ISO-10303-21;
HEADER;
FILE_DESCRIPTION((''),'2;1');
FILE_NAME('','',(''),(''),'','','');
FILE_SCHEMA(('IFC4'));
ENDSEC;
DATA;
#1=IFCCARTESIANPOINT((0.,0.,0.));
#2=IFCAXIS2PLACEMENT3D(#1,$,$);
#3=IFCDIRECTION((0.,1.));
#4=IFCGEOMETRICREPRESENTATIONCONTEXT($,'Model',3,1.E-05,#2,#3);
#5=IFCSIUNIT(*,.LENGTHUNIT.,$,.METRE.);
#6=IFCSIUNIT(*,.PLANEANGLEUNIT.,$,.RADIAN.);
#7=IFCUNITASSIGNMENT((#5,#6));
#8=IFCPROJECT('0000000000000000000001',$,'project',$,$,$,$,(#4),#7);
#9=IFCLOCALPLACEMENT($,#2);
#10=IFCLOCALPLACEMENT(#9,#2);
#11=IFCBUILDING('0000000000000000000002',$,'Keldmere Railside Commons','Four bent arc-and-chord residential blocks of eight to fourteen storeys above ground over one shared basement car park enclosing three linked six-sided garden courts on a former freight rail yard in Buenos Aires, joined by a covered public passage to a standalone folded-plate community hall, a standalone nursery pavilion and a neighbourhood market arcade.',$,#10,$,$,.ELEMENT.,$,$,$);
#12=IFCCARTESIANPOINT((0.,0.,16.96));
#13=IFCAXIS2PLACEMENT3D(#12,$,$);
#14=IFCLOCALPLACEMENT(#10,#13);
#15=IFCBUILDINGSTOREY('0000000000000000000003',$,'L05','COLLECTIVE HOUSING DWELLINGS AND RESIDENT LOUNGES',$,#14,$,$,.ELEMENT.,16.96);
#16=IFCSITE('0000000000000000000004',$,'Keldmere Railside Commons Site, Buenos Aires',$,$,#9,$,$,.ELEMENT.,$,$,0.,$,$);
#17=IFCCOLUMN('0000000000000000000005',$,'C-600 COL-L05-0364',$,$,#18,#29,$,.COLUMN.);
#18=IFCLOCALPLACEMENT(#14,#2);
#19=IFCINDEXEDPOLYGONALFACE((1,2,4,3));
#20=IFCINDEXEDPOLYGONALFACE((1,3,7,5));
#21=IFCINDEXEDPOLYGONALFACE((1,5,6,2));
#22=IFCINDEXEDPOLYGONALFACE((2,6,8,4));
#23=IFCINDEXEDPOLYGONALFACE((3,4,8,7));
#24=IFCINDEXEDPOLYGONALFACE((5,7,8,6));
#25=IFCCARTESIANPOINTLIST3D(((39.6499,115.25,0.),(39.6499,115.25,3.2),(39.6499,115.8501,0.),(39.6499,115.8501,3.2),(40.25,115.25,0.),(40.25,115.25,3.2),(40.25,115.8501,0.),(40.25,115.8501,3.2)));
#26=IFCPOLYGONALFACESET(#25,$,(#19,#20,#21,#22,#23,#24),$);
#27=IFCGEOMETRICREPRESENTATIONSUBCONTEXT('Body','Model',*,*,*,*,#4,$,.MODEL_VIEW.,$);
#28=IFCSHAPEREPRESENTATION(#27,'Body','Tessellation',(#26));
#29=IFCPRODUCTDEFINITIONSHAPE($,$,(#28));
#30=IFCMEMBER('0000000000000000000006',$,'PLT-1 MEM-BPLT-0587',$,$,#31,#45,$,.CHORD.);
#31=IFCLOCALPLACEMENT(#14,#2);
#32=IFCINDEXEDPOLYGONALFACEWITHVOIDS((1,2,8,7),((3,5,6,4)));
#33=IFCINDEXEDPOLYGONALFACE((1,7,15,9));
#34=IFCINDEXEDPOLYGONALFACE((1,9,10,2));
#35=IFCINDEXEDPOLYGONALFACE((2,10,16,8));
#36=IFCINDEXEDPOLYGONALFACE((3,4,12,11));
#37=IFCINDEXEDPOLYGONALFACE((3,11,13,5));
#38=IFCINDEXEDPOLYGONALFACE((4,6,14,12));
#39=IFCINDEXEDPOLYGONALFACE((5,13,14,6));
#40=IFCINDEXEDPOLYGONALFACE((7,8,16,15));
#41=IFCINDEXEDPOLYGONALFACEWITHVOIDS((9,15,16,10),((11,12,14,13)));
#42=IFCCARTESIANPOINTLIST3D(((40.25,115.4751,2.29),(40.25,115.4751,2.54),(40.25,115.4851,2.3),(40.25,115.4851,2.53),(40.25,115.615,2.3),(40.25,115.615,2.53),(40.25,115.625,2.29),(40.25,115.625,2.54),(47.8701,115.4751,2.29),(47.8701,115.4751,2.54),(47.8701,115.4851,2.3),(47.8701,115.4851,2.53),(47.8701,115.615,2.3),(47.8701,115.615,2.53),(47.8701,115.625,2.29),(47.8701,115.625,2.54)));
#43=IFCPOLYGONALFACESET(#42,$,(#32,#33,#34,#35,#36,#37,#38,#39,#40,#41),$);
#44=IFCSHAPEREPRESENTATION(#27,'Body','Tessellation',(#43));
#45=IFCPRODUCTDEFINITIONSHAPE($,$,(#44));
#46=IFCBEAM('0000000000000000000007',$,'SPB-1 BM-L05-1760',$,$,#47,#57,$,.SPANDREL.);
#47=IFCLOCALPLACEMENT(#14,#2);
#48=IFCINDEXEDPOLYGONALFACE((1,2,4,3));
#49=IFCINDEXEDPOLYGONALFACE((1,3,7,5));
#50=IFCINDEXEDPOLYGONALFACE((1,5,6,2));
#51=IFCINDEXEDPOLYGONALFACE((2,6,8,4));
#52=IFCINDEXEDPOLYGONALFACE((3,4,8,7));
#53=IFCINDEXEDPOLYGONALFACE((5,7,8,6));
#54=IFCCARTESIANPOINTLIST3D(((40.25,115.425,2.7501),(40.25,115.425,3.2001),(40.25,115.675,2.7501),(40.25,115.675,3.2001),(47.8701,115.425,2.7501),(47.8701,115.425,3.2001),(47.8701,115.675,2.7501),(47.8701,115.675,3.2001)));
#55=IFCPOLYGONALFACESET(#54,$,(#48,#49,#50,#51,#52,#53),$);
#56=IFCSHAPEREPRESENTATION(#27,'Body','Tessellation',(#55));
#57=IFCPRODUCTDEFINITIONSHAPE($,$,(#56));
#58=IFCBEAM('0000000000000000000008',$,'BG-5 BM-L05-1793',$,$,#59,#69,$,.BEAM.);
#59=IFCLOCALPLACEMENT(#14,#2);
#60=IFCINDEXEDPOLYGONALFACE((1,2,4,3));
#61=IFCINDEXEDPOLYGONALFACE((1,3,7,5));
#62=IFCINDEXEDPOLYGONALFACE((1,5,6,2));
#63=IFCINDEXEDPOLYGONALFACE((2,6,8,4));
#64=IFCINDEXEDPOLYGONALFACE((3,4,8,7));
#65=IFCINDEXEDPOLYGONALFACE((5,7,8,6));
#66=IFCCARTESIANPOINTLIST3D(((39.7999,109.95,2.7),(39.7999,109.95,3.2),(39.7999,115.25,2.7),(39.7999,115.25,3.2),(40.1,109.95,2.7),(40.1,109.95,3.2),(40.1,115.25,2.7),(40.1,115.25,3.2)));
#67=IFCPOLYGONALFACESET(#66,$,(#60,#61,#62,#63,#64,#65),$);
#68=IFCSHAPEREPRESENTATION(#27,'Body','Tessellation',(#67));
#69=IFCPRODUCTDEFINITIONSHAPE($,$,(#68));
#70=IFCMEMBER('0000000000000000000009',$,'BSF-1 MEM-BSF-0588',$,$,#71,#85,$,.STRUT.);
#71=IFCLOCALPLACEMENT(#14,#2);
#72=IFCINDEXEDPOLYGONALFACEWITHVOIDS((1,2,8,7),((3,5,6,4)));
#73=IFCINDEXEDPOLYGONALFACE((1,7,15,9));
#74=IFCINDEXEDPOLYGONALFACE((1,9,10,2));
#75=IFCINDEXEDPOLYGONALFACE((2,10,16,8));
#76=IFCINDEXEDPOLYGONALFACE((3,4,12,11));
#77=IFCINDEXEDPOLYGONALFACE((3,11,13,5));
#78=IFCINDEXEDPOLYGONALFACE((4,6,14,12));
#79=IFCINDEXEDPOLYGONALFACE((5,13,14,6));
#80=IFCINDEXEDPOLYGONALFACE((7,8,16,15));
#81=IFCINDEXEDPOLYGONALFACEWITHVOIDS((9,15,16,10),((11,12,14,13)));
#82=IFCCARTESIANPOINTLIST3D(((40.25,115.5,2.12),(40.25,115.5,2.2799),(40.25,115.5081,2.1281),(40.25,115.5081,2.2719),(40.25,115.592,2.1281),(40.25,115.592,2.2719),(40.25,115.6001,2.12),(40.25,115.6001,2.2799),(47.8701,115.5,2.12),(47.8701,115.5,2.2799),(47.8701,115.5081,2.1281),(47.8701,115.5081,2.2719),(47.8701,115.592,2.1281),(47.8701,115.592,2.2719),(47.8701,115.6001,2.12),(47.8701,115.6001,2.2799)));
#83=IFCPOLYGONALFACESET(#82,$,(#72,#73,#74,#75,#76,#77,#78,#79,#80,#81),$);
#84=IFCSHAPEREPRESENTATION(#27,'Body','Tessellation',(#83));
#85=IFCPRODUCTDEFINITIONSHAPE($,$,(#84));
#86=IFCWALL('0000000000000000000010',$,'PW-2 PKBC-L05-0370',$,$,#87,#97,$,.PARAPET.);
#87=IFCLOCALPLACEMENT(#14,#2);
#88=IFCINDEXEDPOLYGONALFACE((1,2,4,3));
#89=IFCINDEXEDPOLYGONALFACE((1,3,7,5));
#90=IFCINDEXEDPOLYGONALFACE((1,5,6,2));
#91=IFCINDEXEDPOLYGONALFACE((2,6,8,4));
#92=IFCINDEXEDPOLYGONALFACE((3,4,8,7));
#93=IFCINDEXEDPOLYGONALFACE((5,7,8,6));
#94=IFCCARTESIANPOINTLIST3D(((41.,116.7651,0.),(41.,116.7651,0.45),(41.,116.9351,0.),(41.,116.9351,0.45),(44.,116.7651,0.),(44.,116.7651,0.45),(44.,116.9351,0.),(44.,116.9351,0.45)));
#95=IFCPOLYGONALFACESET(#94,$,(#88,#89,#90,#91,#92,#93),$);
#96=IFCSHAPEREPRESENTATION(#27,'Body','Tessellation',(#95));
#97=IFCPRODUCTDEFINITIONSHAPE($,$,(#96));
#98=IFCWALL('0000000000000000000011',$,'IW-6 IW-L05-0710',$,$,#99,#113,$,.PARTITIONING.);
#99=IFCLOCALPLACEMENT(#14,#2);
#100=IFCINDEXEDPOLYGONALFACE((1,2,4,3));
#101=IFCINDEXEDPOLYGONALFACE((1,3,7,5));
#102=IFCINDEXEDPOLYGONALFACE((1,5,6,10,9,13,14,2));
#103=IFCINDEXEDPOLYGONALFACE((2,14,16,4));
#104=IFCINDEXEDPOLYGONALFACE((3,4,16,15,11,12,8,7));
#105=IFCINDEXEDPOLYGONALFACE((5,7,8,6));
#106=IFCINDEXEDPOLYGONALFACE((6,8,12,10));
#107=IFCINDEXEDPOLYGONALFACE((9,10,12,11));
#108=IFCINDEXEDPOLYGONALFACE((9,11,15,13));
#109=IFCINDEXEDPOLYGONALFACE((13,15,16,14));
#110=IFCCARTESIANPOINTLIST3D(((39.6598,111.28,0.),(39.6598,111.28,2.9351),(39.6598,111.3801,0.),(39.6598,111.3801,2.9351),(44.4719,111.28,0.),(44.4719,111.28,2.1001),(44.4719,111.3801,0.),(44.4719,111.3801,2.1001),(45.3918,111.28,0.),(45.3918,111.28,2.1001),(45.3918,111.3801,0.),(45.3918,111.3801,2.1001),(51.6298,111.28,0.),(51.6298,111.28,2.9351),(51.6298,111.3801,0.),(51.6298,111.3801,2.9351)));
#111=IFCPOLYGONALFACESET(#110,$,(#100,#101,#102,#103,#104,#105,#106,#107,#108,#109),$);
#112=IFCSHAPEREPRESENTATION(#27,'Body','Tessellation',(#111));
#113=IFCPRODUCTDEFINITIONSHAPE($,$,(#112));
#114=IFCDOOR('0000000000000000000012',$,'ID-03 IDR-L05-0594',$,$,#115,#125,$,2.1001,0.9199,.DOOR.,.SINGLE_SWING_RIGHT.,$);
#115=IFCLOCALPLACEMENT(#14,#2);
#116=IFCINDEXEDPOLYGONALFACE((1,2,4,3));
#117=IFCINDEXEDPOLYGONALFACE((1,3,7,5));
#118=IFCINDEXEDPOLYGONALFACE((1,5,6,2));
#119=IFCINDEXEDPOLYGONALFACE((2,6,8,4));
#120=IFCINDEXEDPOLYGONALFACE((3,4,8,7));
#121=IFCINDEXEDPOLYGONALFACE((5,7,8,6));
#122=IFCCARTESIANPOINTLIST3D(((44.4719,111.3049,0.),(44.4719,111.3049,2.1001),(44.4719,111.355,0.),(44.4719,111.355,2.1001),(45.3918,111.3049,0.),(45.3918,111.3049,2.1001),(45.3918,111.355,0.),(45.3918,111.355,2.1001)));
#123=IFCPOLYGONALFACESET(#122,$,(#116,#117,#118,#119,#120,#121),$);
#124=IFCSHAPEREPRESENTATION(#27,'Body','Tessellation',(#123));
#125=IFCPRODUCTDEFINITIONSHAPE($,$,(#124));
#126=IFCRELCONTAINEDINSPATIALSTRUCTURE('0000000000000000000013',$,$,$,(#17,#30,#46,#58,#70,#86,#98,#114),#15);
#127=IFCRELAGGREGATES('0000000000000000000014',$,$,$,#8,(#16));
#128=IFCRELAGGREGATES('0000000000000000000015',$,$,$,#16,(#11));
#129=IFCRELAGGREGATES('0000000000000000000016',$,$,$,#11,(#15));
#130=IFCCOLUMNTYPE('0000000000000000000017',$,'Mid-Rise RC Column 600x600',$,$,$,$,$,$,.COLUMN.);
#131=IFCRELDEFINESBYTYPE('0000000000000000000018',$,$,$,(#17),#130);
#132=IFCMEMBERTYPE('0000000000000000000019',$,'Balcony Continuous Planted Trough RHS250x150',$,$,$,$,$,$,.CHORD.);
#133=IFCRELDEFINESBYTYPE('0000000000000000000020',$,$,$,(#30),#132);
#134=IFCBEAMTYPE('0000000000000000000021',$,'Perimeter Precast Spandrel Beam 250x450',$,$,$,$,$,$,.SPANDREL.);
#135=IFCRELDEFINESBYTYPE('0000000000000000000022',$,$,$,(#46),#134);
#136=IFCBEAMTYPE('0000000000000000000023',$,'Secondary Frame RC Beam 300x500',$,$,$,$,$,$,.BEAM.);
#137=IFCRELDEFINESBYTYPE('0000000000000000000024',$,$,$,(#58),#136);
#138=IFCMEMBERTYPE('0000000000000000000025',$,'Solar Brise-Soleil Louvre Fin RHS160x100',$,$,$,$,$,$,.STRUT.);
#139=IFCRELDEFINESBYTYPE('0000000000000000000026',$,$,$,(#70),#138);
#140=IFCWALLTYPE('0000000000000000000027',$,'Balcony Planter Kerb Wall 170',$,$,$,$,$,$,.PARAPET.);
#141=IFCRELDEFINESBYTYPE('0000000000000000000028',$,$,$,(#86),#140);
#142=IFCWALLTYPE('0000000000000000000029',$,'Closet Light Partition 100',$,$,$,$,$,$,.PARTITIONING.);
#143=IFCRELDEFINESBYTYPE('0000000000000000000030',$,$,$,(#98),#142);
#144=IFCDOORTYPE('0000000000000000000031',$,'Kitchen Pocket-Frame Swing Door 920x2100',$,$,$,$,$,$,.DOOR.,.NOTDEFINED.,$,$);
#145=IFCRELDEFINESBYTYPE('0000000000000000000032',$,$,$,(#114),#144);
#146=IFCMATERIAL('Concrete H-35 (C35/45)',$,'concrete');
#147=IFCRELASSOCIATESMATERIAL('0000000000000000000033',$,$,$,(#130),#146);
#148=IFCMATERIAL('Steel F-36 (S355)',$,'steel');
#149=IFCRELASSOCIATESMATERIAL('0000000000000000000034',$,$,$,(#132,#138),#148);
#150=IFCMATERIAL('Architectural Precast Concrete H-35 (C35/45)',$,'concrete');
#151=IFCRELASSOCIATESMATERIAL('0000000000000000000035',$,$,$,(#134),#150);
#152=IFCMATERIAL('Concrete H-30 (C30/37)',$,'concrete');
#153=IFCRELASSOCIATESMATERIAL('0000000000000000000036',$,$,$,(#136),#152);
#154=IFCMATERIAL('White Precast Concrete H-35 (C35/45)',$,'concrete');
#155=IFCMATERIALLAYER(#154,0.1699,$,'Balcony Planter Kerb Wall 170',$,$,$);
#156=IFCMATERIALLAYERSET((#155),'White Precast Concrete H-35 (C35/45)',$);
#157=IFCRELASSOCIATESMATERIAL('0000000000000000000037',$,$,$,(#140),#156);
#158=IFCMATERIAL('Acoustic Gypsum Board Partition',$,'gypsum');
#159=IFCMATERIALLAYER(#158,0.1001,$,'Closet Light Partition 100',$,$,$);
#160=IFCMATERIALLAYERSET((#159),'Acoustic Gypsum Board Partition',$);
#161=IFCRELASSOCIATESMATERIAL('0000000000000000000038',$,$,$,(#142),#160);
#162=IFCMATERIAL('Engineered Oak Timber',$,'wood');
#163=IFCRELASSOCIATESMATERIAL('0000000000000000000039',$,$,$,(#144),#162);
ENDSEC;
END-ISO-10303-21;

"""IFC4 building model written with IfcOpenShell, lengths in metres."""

from ifc_helpers import new_model, si_unit, direction, frame, frame_2d, origin, origin_2d, place, context, subcontext, project, spatial, rectangle, hollow_rectangle, extrude, material, layer, layer_set, material_profile, profile_set, type_object, element, fill, save


model = new_model("IFC4")

# Units and contexts
model_context = context("Model", 3, precision=1e-05, world=origin(), true_north=direction((0.0, 1.0)))
body_context = subcontext(model_context, "Body", "Model", "MODEL_VIEW")
ifc_project = project(units=[si_unit("LENGTHUNIT", "METRE"), si_unit("PLANEANGLEUNIT", "RADIAN")], contexts=[model_context])

# Site, building, storey
site_placement = place(None, origin())
site = spatial("IfcSite", under=ifc_project, at=site_placement, Name="Keldmere Railside Commons Site, Buenos Aires", CompositionType="ELEMENT", RefElevation=0.0)
building_placement = place(site_placement, origin())
building = spatial("IfcBuilding", under=site, at=building_placement, Name="Keldmere Railside Commons", Description="Four bent arc-and-chord residential blocks of eight to fourteen storeys above ground over one shared basement car park enclosing three linked six-sided garden courts on a former freight rail yard in Buenos Aires, joined by a covered public passage to a standalone folded-plate community hall, a standalone nursery pavilion and a neighbourhood market arcade.", CompositionType="ELEMENT")
storey_placement = place(building_placement, frame((0.0, 0.0, 16.96)))
storey = spatial("IfcBuildingStorey", under=building, at=storey_placement, Name="L05", Description="COLLECTIVE HOUSING DWELLINGS AND RESIDENT LOUNGES", CompositionType="ELEMENT", Elevation=16.96)

# Column
ifc_material_1 = material(Name="Concrete H-35 (C35/45)", Category="concrete")
ifc_material_profile_1 = material_profile(ifc_material_1, rectangle(XDim=0.6001, YDim=0.6001, at=origin_2d()), Name="RC-600x600")
ifc_profile_set_1 = profile_set([ifc_material_profile_1], Name="Concrete H-35 (C35/45)")
column_type = type_object("IfcColumnType", Name="Mid-Rise RC Column 600x600", PredefinedType="COLUMN", material=ifc_profile_set_1)
column_placement = place(storey_placement, frame((39.95, 115.55, 0.0), z_axis=(0.0, 0.0, 1.0), x_axis=(1.0, 0.0, 0.0)))
element("IfcColumn", 1, at=column_placement, inside=storey, type_object=column_type, Name="C-600 COL-L05-0364", PredefinedType="COLUMN", context=body_context, shape_type="SweptSolid", body=[
    extrude(rectangle(XDim=0.6001, YDim=0.6001, at=origin_2d()), origin(), (0.0, 0.0, 1.0), 3.2),
])

# Member
ifc_material_2 = material(Name="Steel F-36 (S355)", Category="steel")
ifc_material_profile_2 = material_profile(ifc_material_2, hollow_rectangle(XDim=0.1499, YDim=0.25, WallThickness=0.01, at=origin_2d()), Name="RHS-250x150x10")
ifc_profile_set_2 = profile_set([ifc_material_profile_2], Name="Steel F-36 (S355)")
member_type_1 = type_object("IfcMemberType", Name="Balcony Continuous Planted Trough RHS250x150", PredefinedType="CHORD", material=ifc_profile_set_2)
member_1_placement = place(storey_placement, frame((40.25, 115.55, 2.415), z_axis=(1.0, 0.0, 0.0), x_axis=(0.0, 1.0, 0.0)))
element("IfcMember", 2, at=member_1_placement, inside=storey, type_object=member_type_1, Name="PLT-1 MEM-BPLT-0587", PredefinedType="CHORD", context=body_context, shape_type="SweptSolid", body=[
    extrude(hollow_rectangle(XDim=0.1499, YDim=0.25, WallThickness=0.01, at=origin_2d()), origin(), (0.0, 0.0, 1.0), 7.6201),
])

# Beams
ifc_material_3 = material(Name="Architectural Precast Concrete H-35 (C35/45)", Category="concrete")
ifc_material_profile_3 = material_profile(ifc_material_3, rectangle(XDim=0.25, YDim=0.45, at=origin_2d()), Name="RC-250x450")
ifc_profile_set_3 = profile_set([ifc_material_profile_3], Name="Architectural Precast Concrete H-35 (C35/45)")
beam_type_1 = type_object("IfcBeamType", Name="Perimeter Precast Spandrel Beam 250x450", PredefinedType="SPANDREL", material=ifc_profile_set_3)
beam_1_placement = place(storey_placement, frame((40.25, 115.55, 2.9751), z_axis=(1.0, 0.0, 0.0), x_axis=(0.0, 1.0, 0.0)))
element("IfcBeam", 3, at=beam_1_placement, inside=storey, type_object=beam_type_1, Name="SPB-1 BM-L05-1760", PredefinedType="SPANDREL", context=body_context, shape_type="SweptSolid", body=[
    extrude(rectangle(XDim=0.25, YDim=0.45, at=origin_2d()), origin(), (0.0, 0.0, 1.0), 7.6201),
])
ifc_material_4 = material(Name="Concrete H-30 (C30/37)", Category="concrete")
ifc_material_profile_4 = material_profile(ifc_material_4, rectangle(XDim=0.3, YDim=0.5, at=origin_2d()), Name="RC-300x500")
ifc_profile_set_4 = profile_set([ifc_material_profile_4], Name="Concrete H-30 (C30/37)")
beam_type_2 = type_object("IfcBeamType", Name="Secondary Frame RC Beam 300x500", PredefinedType="BEAM", material=ifc_profile_set_4)
beam_2_placement = place(storey_placement, frame((39.95, 109.95, 2.95), z_axis=(0.0, 1.0, 0.0), x_axis=(-1.0, 0.0, 0.0)))
element("IfcBeam", 4, at=beam_2_placement, inside=storey, type_object=beam_type_2, Name="BG-5 BM-L05-1793", PredefinedType="BEAM", context=body_context, shape_type="SweptSolid", body=[
    extrude(rectangle(XDim=0.3, YDim=0.5, at=origin_2d()), origin(), (0.0, 0.0, 1.0), 5.3),
])

# Member
ifc_material_profile_5 = material_profile(ifc_material_2, hollow_rectangle(XDim=0.1001, YDim=0.1599, WallThickness=0.0081, at=origin_2d()), Name="RHS-160x100x8")
ifc_profile_set_5 = profile_set([ifc_material_profile_5], Name="Steel F-36 (S355)")
member_type_2 = type_object("IfcMemberType", Name="Solar Brise-Soleil Louvre Fin RHS160x100", PredefinedType="STRUT", material=ifc_profile_set_5)
member_2_placement = place(storey_placement, frame((40.25, 115.55, 2.2), z_axis=(1.0, 0.0, 0.0), x_axis=(0.0, 1.0, 0.0)))
element("IfcMember", 5, at=member_2_placement, inside=storey, type_object=member_type_2, Name="BSF-1 MEM-BSF-0588", PredefinedType="STRUT", context=body_context, shape_type="SweptSolid", body=[
    extrude(hollow_rectangle(XDim=0.1001, YDim=0.1599, WallThickness=0.0081, at=origin_2d()), origin(), (0.0, 0.0, 1.0), 7.6201),
])

# Wall
ifc_material_5 = material(Name="White Precast Concrete H-35 (C35/45)", Category="concrete")
ifc_layer_1 = layer(ifc_material_5, 0.1699, Name="Balcony Planter Kerb Wall 170")
ifc_layer_set_1 = layer_set([ifc_layer_1], Name="White Precast Concrete H-35 (C35/45)")
wall_type_1 = type_object("IfcWallType", Name="Balcony Planter Kerb Wall 170", PredefinedType="PARAPET", material=ifc_layer_set_1)
wall_1_placement = place(storey_placement, frame((41.0, 116.8501, 0.0), z_axis=(0.0, 0.0, 1.0), x_axis=(1.0, 0.0, 0.0)))
element("IfcWall", 6, at=wall_1_placement, inside=storey, type_object=wall_type_1, Name="PW-2 PKBC-L05-0370", PredefinedType="PARAPET", context=body_context, shape_type="SweptSolid", body=[
    extrude(rectangle(XDim=3.0, YDim=0.1699, at=frame_2d((1.5, 0.0))), origin(), (0.0, 0.0, 1.0), 0.45),
])

# Wall, opening, door
ifc_material_6 = material(Name="Acoustic Gypsum Board Partition", Category="gypsum")
ifc_layer_2 = layer(ifc_material_6, 0.1001, Name="Closet Light Partition 100")
ifc_layer_set_2 = layer_set([ifc_layer_2], Name="Acoustic Gypsum Board Partition")
wall_type_2 = type_object("IfcWallType", Name="Closet Light Partition 100", PredefinedType="PARTITIONING", material=ifc_layer_set_2)
wall_2_placement = place(storey_placement, frame((39.6599, 111.3301, 0.0), z_axis=(0.0, 0.0, 1.0), x_axis=(1.0, 0.0, 0.0)))
wall_2 = element("IfcWall", 7, at=wall_2_placement, inside=storey, type_object=wall_type_2, Name="IW-6 IW-L05-0710", PredefinedType="PARTITIONING", context=body_context, shape_type="SweptSolid", body=[
    extrude(rectangle(XDim=11.97, YDim=0.1001, at=frame_2d((5.9849, 0.0))), origin(), (0.0, 0.0, 1.0), 2.9351),
])
opening_1_placement = place(wall_2_placement, frame((4.812, 0.0, 0.0)))
opening_1 = element("IfcOpeningElement", 8, at=opening_1_placement, cuts=wall_2, PredefinedType="OPENING", context=body_context, shape_type="SweptSolid", body=[
    extrude(rectangle(XDim=0.9199, YDim=2.1001, at=frame_2d((0.46, 1.05))), frame((0.0, 0.0601, 0.0), z_axis=(0.0, -1.0, 0.0), x_axis=(1.0, 0.0, 0.0)), (0.0, 0.0, 1.0), 0.1201),
])
ifc_material_7 = material(Name="Engineered Oak Timber", Category="wood")
door_type_1 = type_object("IfcDoorType", Name="Kitchen Pocket-Frame Swing Door 920x2100", OperationType="NOTDEFINED", PredefinedType="DOOR", material=ifc_material_7)
door_1_placement = place(opening_1_placement, origin())
door_1 = element("IfcDoor", 9, at=door_1_placement, inside=storey, type_object=door_type_1, Name="ID-03 IDR-L05-0594", OperationType="SINGLE_SWING_RIGHT", OverallHeight=2.1001, OverallWidth=0.9199, PredefinedType="DOOR", context=body_context, shape_type="SweptSolid", body=[
    extrude(rectangle(XDim=0.9199, YDim=2.1001, at=frame_2d((0.46, 1.05))), frame((0.0, 0.0249, 0.0), z_axis=(0.0, -1.0, 0.0), x_axis=(1.0, 0.0, 0.0)), (0.0, 0.0, 1.0), 0.05),
])
fill(opening_1, door_1)

save(model, "model.ifc")
